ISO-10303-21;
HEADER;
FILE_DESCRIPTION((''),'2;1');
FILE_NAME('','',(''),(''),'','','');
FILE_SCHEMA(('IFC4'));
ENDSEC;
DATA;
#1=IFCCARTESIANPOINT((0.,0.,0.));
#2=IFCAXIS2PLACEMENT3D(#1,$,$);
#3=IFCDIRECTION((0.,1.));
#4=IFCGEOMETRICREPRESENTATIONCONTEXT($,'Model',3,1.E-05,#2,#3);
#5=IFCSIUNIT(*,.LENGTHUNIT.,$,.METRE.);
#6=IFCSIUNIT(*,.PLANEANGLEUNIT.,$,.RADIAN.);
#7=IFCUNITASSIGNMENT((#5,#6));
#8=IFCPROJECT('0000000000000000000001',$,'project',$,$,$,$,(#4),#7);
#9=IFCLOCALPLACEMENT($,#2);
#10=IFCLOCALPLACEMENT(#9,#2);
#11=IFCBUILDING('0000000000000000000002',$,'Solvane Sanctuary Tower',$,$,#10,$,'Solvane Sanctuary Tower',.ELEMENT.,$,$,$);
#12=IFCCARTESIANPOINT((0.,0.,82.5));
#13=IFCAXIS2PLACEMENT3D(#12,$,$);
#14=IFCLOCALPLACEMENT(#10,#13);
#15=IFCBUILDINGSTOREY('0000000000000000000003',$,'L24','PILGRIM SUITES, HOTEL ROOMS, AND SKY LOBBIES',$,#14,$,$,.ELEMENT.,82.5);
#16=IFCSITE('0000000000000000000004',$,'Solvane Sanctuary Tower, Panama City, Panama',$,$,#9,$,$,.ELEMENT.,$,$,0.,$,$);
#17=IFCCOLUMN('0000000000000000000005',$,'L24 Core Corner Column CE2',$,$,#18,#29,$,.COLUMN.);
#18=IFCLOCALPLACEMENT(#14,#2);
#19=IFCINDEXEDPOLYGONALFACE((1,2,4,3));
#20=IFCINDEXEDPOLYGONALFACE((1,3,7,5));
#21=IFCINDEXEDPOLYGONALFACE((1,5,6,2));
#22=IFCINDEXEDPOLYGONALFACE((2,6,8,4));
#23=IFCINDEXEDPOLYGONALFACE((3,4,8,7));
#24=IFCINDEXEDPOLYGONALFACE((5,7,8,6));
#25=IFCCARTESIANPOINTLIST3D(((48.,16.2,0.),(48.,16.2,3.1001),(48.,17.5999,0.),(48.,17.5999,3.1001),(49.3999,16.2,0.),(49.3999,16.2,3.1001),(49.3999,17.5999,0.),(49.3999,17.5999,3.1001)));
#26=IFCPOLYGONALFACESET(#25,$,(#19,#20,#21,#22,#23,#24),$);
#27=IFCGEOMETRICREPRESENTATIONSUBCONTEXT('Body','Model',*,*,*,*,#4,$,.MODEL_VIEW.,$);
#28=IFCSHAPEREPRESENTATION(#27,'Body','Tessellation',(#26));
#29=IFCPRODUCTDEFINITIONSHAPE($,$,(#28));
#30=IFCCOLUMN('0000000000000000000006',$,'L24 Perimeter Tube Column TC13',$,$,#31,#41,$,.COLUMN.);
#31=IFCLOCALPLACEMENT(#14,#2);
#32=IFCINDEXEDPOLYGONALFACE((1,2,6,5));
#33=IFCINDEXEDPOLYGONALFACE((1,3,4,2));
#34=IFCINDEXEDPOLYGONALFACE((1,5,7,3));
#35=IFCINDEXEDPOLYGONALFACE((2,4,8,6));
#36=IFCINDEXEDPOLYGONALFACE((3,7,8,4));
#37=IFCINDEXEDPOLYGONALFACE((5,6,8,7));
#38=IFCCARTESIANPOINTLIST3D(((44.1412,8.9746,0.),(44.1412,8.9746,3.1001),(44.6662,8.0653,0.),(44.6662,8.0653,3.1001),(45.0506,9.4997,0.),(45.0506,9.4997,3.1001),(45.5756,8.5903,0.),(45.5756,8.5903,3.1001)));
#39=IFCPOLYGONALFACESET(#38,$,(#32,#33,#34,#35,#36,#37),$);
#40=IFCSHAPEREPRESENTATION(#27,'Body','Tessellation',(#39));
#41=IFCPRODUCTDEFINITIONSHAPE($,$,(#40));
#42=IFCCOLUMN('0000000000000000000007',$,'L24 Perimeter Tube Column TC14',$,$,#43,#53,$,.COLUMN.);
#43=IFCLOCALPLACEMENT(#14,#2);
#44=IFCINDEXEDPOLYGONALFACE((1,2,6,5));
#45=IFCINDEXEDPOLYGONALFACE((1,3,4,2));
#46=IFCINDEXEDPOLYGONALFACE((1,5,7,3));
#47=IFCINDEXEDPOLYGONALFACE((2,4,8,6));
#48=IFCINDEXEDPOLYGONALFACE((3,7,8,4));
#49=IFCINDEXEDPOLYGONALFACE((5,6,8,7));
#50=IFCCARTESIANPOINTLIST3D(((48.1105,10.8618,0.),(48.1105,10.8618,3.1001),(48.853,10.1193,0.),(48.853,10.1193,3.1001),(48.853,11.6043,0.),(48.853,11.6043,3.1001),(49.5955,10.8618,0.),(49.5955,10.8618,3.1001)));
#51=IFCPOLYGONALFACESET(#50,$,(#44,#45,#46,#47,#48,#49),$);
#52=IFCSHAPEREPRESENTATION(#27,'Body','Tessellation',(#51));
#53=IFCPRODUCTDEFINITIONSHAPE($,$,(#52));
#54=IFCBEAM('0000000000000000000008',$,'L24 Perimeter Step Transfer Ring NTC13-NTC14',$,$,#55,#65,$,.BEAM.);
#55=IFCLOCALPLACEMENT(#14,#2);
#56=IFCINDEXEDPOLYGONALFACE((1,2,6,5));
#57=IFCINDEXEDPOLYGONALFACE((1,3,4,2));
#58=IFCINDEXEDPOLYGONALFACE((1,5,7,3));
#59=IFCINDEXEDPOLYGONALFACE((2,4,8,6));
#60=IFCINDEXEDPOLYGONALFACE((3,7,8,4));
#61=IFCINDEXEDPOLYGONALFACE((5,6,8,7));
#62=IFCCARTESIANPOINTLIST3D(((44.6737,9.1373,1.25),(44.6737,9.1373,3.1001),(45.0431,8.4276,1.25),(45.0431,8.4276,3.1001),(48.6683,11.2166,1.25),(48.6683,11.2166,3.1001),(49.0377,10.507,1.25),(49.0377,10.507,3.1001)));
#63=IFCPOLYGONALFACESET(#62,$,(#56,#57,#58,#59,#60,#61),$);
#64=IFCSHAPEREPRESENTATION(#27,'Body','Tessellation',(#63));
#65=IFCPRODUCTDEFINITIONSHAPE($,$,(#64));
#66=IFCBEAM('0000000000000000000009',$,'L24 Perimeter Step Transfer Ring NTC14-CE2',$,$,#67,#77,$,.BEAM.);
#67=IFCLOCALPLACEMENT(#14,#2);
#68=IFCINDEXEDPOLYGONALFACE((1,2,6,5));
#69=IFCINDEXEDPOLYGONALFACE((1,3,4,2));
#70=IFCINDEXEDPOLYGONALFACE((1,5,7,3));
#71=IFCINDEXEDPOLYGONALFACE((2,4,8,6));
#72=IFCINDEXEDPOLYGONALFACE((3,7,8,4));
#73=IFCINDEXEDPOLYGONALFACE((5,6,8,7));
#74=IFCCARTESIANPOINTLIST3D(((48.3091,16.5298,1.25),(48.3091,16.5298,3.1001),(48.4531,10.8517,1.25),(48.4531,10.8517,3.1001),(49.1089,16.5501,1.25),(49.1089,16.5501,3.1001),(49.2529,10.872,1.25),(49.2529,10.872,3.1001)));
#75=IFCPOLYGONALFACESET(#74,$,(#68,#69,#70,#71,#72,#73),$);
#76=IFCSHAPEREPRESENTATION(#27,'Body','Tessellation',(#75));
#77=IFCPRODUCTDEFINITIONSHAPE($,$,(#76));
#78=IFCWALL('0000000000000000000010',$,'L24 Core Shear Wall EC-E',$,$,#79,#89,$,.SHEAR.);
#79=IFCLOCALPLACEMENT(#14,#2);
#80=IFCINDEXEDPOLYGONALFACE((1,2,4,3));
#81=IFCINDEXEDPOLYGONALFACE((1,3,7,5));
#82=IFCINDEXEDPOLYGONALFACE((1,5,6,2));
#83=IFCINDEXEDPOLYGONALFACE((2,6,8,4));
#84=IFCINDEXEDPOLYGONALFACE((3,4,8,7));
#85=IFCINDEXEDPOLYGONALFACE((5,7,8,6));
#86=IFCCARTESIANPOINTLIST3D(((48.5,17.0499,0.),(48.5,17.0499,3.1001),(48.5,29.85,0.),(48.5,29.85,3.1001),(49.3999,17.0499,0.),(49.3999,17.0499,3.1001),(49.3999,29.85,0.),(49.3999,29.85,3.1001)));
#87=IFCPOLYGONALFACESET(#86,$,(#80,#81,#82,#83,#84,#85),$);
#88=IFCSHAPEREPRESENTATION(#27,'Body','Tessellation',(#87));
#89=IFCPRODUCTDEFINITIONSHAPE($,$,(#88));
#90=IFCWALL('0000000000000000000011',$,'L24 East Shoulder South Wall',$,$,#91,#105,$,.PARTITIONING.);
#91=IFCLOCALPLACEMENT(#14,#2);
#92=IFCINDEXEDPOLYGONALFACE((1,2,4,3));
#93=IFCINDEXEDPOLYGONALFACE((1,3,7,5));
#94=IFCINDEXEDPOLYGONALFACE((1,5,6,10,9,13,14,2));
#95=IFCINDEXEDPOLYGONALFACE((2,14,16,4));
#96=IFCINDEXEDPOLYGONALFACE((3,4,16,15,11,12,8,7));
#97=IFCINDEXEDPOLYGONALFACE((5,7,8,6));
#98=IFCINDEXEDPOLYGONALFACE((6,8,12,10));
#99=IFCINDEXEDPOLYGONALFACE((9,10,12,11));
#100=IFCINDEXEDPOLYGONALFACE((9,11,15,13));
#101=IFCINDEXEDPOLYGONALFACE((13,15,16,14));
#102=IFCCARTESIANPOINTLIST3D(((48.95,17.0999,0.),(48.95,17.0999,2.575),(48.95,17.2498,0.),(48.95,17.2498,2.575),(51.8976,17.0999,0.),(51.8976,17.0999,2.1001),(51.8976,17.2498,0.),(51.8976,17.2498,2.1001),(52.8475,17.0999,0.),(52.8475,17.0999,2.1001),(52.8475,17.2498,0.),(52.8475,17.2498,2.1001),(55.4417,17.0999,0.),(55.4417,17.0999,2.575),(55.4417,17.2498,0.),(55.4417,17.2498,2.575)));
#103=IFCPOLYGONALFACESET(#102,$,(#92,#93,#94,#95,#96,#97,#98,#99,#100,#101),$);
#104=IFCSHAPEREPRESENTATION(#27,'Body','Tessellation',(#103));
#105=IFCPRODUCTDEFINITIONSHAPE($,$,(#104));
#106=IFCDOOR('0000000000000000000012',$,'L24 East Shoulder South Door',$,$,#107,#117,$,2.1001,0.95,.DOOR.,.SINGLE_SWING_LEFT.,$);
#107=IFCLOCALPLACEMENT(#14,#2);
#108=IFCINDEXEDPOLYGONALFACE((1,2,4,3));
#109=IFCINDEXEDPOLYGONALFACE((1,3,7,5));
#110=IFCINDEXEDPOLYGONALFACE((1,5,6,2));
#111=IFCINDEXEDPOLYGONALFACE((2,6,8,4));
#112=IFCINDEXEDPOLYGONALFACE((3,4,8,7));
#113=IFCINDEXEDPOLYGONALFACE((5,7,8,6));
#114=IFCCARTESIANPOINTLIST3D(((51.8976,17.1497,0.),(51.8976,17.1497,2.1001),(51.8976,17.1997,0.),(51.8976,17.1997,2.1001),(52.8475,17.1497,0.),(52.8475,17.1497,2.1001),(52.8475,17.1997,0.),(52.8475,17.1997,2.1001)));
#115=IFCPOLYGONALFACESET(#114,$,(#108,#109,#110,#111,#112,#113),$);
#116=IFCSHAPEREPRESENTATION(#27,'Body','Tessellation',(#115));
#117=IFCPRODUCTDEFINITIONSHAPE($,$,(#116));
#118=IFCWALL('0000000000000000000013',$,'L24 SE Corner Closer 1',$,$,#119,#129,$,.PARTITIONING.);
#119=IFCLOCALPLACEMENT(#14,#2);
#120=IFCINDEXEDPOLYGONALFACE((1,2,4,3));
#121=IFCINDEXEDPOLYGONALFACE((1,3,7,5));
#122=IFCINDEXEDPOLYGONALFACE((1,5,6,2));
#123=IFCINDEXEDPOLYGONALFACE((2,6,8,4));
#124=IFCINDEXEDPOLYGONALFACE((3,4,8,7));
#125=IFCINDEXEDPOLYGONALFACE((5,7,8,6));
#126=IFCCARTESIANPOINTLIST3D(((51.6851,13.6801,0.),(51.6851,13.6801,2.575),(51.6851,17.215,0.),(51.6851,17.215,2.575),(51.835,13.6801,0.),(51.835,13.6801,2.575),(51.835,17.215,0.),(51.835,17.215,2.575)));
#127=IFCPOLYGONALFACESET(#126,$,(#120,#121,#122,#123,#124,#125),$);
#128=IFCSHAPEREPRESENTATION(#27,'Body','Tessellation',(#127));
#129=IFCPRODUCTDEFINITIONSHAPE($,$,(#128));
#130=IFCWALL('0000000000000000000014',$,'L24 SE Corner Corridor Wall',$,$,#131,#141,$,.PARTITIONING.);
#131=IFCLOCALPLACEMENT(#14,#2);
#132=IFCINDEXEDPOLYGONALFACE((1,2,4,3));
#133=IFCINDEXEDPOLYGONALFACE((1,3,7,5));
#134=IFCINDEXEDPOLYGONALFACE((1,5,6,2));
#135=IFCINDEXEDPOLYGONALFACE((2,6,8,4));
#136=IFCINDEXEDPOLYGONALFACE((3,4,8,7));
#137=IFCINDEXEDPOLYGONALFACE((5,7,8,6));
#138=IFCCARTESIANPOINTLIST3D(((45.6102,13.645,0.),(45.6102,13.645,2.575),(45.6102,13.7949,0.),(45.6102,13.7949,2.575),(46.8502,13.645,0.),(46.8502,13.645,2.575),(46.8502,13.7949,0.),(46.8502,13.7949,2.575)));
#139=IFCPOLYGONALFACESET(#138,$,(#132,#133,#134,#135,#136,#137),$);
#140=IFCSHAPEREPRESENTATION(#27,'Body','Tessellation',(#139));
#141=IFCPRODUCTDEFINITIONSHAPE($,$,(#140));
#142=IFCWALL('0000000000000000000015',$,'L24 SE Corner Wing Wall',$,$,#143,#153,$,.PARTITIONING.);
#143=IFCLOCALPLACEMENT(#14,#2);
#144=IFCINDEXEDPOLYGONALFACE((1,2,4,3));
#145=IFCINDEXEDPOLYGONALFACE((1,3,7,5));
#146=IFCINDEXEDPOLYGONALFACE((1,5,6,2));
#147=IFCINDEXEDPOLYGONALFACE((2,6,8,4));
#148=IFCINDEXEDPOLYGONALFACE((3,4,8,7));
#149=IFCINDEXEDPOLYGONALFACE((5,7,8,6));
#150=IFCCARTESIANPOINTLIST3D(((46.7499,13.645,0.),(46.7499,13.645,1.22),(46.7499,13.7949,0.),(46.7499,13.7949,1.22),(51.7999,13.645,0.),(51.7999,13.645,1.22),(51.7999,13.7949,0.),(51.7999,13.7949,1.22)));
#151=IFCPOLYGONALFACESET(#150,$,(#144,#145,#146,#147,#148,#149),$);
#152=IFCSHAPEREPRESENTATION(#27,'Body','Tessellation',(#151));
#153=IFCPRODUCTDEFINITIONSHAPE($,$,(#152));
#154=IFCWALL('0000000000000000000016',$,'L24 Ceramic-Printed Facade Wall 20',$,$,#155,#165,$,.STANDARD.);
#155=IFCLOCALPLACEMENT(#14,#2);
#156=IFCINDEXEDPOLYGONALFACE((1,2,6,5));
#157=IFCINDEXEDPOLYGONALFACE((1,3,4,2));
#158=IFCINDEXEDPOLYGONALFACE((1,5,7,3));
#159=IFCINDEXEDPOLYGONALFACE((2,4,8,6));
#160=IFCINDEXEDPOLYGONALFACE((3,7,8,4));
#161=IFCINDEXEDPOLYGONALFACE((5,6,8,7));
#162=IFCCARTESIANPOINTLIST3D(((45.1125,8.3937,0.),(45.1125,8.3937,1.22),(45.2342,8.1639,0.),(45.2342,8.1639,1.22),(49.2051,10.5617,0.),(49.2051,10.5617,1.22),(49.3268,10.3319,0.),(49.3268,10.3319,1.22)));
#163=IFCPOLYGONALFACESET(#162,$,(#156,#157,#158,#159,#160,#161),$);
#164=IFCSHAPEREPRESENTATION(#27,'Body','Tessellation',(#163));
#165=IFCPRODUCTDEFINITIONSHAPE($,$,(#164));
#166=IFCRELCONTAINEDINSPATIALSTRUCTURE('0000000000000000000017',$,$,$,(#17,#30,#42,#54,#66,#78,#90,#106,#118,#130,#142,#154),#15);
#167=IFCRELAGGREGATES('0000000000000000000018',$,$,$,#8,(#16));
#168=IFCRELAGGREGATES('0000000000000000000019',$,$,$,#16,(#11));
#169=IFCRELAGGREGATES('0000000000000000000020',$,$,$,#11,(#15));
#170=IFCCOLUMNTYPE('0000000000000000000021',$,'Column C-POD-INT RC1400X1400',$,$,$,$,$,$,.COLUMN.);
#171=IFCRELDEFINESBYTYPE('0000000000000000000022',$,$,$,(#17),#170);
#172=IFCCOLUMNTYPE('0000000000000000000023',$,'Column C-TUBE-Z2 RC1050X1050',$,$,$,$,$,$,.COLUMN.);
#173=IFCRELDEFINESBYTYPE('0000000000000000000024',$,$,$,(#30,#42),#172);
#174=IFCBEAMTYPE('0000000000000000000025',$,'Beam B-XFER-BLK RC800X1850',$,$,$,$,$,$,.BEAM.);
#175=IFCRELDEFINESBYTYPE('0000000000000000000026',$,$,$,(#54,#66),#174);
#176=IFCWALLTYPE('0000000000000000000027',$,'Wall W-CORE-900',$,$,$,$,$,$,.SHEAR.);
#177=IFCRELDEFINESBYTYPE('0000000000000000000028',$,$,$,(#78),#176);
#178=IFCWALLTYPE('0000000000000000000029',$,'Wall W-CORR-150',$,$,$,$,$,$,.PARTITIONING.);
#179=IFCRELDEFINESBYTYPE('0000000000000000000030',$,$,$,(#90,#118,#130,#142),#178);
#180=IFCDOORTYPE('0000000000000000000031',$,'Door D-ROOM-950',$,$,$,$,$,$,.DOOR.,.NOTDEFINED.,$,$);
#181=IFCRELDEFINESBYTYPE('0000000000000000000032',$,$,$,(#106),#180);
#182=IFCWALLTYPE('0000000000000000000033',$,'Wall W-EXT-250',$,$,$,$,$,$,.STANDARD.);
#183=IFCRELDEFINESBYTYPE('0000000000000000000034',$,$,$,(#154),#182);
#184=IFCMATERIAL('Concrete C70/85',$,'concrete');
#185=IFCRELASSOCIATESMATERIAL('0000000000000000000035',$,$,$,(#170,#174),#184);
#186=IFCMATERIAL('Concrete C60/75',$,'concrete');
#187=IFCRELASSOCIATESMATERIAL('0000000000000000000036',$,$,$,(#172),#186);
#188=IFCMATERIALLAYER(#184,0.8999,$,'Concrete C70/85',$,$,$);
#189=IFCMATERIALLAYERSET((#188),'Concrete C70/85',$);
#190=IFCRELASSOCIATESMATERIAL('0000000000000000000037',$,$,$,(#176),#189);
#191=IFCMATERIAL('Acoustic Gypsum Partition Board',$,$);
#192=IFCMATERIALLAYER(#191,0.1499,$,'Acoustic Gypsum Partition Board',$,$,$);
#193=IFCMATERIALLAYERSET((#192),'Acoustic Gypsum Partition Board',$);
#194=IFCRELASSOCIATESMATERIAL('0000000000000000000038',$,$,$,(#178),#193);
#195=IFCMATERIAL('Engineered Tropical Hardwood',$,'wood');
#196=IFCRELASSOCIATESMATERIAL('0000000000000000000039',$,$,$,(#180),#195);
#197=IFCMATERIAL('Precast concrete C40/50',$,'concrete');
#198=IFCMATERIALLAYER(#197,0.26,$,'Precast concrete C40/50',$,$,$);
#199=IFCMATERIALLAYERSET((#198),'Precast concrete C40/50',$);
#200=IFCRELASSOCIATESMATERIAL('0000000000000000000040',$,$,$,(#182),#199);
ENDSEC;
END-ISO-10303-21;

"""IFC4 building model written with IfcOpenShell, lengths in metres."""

from ifc_helpers import new_model, si_unit, direction, frame, frame_2d, origin, origin_2d, place, context, subcontext, project, spatial, rectangle, extrude, material, layer, layer_set, material_profile, profile_set, type_object, element, fill, save


model = new_model("IFC4")

# Units and contexts
model_context = context("Model", 3, precision=1e-05, world=origin(), true_north=direction((0.0, 1.0)))
body_context = subcontext(model_context, "Body", "Model", "MODEL_VIEW")
ifc_project = project(units=[si_unit("LENGTHUNIT", "METRE"), si_unit("PLANEANGLEUNIT", "RADIAN")], contexts=[model_context])

# Site, building, storey
site_placement = place(None, origin())
site = spatial("IfcSite", under=ifc_project, at=site_placement, Name="Solvane Sanctuary Tower, Panama City, Panama", CompositionType="ELEMENT", RefElevation=0.0)
building_placement = place(site_placement, origin())
building = spatial("IfcBuilding", under=site, at=building_placement, Name="Solvane Sanctuary Tower", LongName="Solvane Sanctuary Tower", CompositionType="ELEMENT")
storey_placement = place(building_placement, frame((0.0, 0.0, 82.5)))
storey = spatial("IfcBuildingStorey", under=building, at=storey_placement, Name="L24", Description="PILGRIM SUITES, HOTEL ROOMS, AND SKY LOBBIES", CompositionType="ELEMENT", Elevation=82.5)

# Columns
ifc_material_1 = material(Name="Concrete C70/85", Category="concrete")
ifc_material_profile_1 = material_profile(ifc_material_1, rectangle(XDim=1.3999, YDim=1.3999, at=origin_2d()), Name="RC1400X1400")
ifc_profile_set_1 = profile_set([ifc_material_profile_1], Name="Concrete C70/85")
column_type_1 = type_object("IfcColumnType", Name="Column C-POD-INT RC1400X1400", PredefinedType="COLUMN", material=ifc_profile_set_1)
column_placement = place(storey_placement, frame((48.7, 16.8999, 0.0), z_axis=(0.0, 0.0, 1.0), x_axis=(1.0, 0.0, 0.0)))
element("IfcColumn", 1, at=column_placement, inside=storey, type_object=column_type_1, Name="L24 Core Corner Column CE2", PredefinedType="COLUMN", context=body_context, shape_type="SweptSolid", body=[
    extrude(rectangle(XDim=1.3999, YDim=1.3999, at=origin_2d()), origin(), (0.0, 0.0, 1.0), 3.1001),
])
ifc_material_2 = material(Name="Concrete C60/75", Category="concrete")
ifc_material_profile_2 = material_profile(ifc_material_2, rectangle(XDim=1.05, YDim=1.05, at=origin_2d()), Name="RC1050X1050")
ifc_profile_set_2 = profile_set([ifc_material_profile_2], Name="Concrete C60/75")
column_type_2 = type_object("IfcColumnType", Name="Column C-TUBE-Z2 RC1050X1050", PredefinedType="COLUMN", material=ifc_profile_set_2)
for number, where, z_axis, x_axis, name in (
    (2, (44.8584, 8.7825, 0.0), (0.0, 0.0, 1.0), (0.5, -0.866025, 0.0), "L24 Perimeter Tube Column TC13"),
    (3, (48.853, 10.8618, 0.0), (0.0, 0.0, 1.0), (0.707107, -0.707107, 0.0), "L24 Perimeter Tube Column TC14"),
):
    element("IfcColumn", number, at=place(storey_placement, frame(where, z_axis=z_axis, x_axis=x_axis)), inside=storey, type_object=column_type_2, Name=name, PredefinedType="COLUMN", context=body_context, shape_type="SweptSolid", body=[
        extrude(rectangle(XDim=1.05, YDim=1.05, at=origin_2d()), origin(), (0.0, 0.0, 1.0), 3.1001),
    ])

# Beams
ifc_material_profile_3 = material_profile(ifc_material_1, rectangle(XDim=0.8, YDim=1.8501, at=origin_2d()), Name="RC800X1850")
ifc_profile_set_3 = profile_set([ifc_material_profile_3], Name="Concrete C70/85")
beam_type = type_object("IfcBeamType", Name="Beam B-XFER-BLK RC800X1850", PredefinedType="BEAM", material=ifc_profile_set_3)
beam_1_placement = place(storey_placement, frame((44.8584, 8.7825, 2.175), z_axis=(0.887022, 0.461727, 0.0), x_axis=(-0.461727, 0.887022, 0.0)))
element("IfcBeam", 4, at=beam_1_placement, inside=storey, type_object=beam_type, Name="L24 Perimeter Step Transfer Ring NTC13-NTC14", PredefinedType="BEAM", context=body_context, shape_type="SweptSolid", body=[
    extrude(rectangle(XDim=0.8, YDim=1.8501, at=origin_2d()), origin(), (0.0, 0.0, 1.0), 4.5034),
])
beam_2_placement = place(storey_placement, frame((48.853, 10.8618, 2.175), z_axis=(-0.025359, 0.999678, 0.0), x_axis=(-0.999678, -0.025359, 0.0)))
element("IfcBeam", 5, at=beam_2_placement, inside=storey, type_object=beam_type, Name="L24 Perimeter Step Transfer Ring NTC14-CE2", PredefinedType="BEAM", context=body_context, shape_type="SweptSolid", body=[
    extrude(rectangle(XDim=0.8, YDim=1.8501, at=origin_2d()), origin(), (0.0, 0.0, 1.0), 5.6799),
])

# Wall
ifc_layer_1 = layer(ifc_material_1, 0.8999, Name="Concrete C70/85")
ifc_layer_set_1 = layer_set([ifc_layer_1], Name="Concrete C70/85")
wall_type_1 = type_object("IfcWallType", Name="Wall W-CORE-900", PredefinedType="SHEAR", material=ifc_layer_set_1)
wall_1_placement = place(storey_placement, frame((48.95, 17.05, 0.0), z_axis=(0.0, 0.0, 1.0), x_axis=(0.0, 1.0, 0.0)))
element("IfcWall", 6, at=wall_1_placement, inside=storey, type_object=wall_type_1, Name="L24 Core Shear Wall EC-E", PredefinedType="SHEAR", context=body_context, shape_type="SweptSolid", body=[
    extrude(rectangle(XDim=12.8, YDim=0.8999, at=frame_2d((6.3999, 0.0))), origin(), (0.0, 0.0, 1.0), 3.1001),
])

# Wall, opening, door
ifc_material_3 = material(Name="Acoustic Gypsum Partition Board")
ifc_layer_2 = layer(ifc_material_3, 0.1499, Name="Acoustic Gypsum Partition Board")
ifc_layer_set_2 = layer_set([ifc_layer_2], Name="Acoustic Gypsum Partition Board")
wall_type_2 = type_object("IfcWallType", Name="Wall W-CORR-150", PredefinedType="PARTITIONING", material=ifc_layer_set_2)
wall_2_placement = place(storey_placement, frame((48.95, 17.1748, 0.0), z_axis=(0.0, 0.0, 1.0), x_axis=(1.0, 0.0, 0.0)))
wall_2 = element("IfcWall", 7, at=wall_2_placement, inside=storey, type_object=wall_type_2, Name="L24 East Shoulder South Wall", PredefinedType="PARTITIONING", context=body_context, shape_type="SweptSolid", body=[
    extrude(rectangle(XDim=6.4917, YDim=0.1499, at=frame_2d((3.2458, 0.0))), origin(), (0.0, 0.0, 1.0), 2.575),
])
opening_1_placement = place(wall_2_placement, frame((2.9475, 0.0, 0.0)))
opening_1 = element("IfcOpeningElement", 8, at=opening_1_placement, cuts=wall_2, PredefinedType="OPENING", context=body_context, shape_type="SweptSolid", body=[
    extrude(rectangle(XDim=0.95, YDim=2.1001, at=frame_2d((0.4751, 1.05))), frame((0.0, 0.085, 0.0), z_axis=(0.0, -1.0, 0.0), x_axis=(1.0, 0.0, 0.0)), (0.0, 0.0, 1.0), 0.1699),
])
ifc_material_4 = material(Name="Engineered Tropical Hardwood", Category="wood")
door_type_1 = type_object("IfcDoorType", Name="Door D-ROOM-950", OperationType="NOTDEFINED", PredefinedType="DOOR", material=ifc_material_4)
door_1_placement = place(opening_1_placement, origin())
door_1 = element("IfcDoor", 9, at=door_1_placement, inside=storey, type_object=door_type_1, Name="L24 East Shoulder South Door", OperationType="SINGLE_SWING_LEFT", OverallHeight=2.1001, OverallWidth=0.95, PredefinedType="DOOR", context=body_context, shape_type="SweptSolid", body=[
    extrude(rectangle(XDim=0.95, YDim=2.1001, at=frame_2d((0.4751, 1.05))), frame((0.0, 0.0249, 0.0), z_axis=(0.0, -1.0, 0.0), x_axis=(1.0, 0.0, 0.0)), (0.0, 0.0, 1.0), 0.05),
])
fill(opening_1, door_1)

# Walls
wall_3_placement = place(storey_placement, frame((51.76, 13.6799, 0.0), z_axis=(0.0, 0.0, 1.0), x_axis=(0.0, 1.0, 0.0)))
element("IfcWall", 10, at=wall_3_placement, inside=storey, type_object=wall_type_2, Name="L24 SE Corner Closer 1", PredefinedType="PARTITIONING", context=body_context, shape_type="SweptSolid", body=[
    extrude(rectangle(XDim=3.5349, YDim=0.1499, at=frame_2d((1.7676, 0.0))), origin(), (0.0, 0.0, 1.0), 2.575),
])
wall_4_placement = place(storey_placement, frame((45.6101, 13.72, 0.0), z_axis=(0.0, 0.0, 1.0), x_axis=(1.0, 0.0, 0.0)))
element("IfcWall", 11, at=wall_4_placement, inside=storey, type_object=wall_type_2, Name="L24 SE Corner Corridor Wall", PredefinedType="PARTITIONING", context=body_context, shape_type="SweptSolid", body=[
    extrude(rectangle(XDim=1.24, YDim=0.1499, at=frame_2d((0.6201, 0.0))), origin(), (0.0, 0.0, 1.0), 2.575),
])
wall_5_placement = place(storey_placement, frame((46.75, 13.72, 0.0), z_axis=(0.0, 0.0, 1.0), x_axis=(1.0, 0.0, 0.0)))
element("IfcWall", 12, at=wall_5_placement, inside=storey, type_object=wall_type_2, Name="L24 SE Corner Wing Wall", PredefinedType="PARTITIONING", context=body_context, shape_type="SweptSolid", body=[
    extrude(rectangle(XDim=5.05, YDim=0.1499, at=frame_2d((2.5249, 0.0))), origin(), (0.0, 0.0, 1.0), 1.22),
])
ifc_material_5 = material(Name="Precast concrete C40/50", Category="concrete")
ifc_layer_3 = layer(ifc_material_5, 0.26, Name="Precast concrete C40/50")
ifc_layer_set_3 = layer_set([ifc_layer_3], Name="Precast concrete C40/50")
wall_type_3 = type_object("IfcWallType", Name="Wall W-EXT-250", PredefinedType="STANDARD", material=ifc_layer_set_3)
wall_6_placement = place(storey_placement, frame((45.1733, 8.2788, 0.0), z_axis=(0.0, 0.0, 1.0), x_axis=(0.883669, 0.468113, 0.0)))
element("IfcWall", 13, at=wall_6_placement, inside=storey, type_object=wall_type_3, Name="L24 Ceramic-Printed Facade Wall 20", PredefinedType="STANDARD", context=body_context, shape_type="SweptSolid", body=[
    extrude(rectangle(XDim=4.6313, YDim=0.26, at=frame_2d((2.3157, 0.0))), origin(), (0.0, 0.0, 1.0), 1.22),
])

save(model, "model.ifc")
